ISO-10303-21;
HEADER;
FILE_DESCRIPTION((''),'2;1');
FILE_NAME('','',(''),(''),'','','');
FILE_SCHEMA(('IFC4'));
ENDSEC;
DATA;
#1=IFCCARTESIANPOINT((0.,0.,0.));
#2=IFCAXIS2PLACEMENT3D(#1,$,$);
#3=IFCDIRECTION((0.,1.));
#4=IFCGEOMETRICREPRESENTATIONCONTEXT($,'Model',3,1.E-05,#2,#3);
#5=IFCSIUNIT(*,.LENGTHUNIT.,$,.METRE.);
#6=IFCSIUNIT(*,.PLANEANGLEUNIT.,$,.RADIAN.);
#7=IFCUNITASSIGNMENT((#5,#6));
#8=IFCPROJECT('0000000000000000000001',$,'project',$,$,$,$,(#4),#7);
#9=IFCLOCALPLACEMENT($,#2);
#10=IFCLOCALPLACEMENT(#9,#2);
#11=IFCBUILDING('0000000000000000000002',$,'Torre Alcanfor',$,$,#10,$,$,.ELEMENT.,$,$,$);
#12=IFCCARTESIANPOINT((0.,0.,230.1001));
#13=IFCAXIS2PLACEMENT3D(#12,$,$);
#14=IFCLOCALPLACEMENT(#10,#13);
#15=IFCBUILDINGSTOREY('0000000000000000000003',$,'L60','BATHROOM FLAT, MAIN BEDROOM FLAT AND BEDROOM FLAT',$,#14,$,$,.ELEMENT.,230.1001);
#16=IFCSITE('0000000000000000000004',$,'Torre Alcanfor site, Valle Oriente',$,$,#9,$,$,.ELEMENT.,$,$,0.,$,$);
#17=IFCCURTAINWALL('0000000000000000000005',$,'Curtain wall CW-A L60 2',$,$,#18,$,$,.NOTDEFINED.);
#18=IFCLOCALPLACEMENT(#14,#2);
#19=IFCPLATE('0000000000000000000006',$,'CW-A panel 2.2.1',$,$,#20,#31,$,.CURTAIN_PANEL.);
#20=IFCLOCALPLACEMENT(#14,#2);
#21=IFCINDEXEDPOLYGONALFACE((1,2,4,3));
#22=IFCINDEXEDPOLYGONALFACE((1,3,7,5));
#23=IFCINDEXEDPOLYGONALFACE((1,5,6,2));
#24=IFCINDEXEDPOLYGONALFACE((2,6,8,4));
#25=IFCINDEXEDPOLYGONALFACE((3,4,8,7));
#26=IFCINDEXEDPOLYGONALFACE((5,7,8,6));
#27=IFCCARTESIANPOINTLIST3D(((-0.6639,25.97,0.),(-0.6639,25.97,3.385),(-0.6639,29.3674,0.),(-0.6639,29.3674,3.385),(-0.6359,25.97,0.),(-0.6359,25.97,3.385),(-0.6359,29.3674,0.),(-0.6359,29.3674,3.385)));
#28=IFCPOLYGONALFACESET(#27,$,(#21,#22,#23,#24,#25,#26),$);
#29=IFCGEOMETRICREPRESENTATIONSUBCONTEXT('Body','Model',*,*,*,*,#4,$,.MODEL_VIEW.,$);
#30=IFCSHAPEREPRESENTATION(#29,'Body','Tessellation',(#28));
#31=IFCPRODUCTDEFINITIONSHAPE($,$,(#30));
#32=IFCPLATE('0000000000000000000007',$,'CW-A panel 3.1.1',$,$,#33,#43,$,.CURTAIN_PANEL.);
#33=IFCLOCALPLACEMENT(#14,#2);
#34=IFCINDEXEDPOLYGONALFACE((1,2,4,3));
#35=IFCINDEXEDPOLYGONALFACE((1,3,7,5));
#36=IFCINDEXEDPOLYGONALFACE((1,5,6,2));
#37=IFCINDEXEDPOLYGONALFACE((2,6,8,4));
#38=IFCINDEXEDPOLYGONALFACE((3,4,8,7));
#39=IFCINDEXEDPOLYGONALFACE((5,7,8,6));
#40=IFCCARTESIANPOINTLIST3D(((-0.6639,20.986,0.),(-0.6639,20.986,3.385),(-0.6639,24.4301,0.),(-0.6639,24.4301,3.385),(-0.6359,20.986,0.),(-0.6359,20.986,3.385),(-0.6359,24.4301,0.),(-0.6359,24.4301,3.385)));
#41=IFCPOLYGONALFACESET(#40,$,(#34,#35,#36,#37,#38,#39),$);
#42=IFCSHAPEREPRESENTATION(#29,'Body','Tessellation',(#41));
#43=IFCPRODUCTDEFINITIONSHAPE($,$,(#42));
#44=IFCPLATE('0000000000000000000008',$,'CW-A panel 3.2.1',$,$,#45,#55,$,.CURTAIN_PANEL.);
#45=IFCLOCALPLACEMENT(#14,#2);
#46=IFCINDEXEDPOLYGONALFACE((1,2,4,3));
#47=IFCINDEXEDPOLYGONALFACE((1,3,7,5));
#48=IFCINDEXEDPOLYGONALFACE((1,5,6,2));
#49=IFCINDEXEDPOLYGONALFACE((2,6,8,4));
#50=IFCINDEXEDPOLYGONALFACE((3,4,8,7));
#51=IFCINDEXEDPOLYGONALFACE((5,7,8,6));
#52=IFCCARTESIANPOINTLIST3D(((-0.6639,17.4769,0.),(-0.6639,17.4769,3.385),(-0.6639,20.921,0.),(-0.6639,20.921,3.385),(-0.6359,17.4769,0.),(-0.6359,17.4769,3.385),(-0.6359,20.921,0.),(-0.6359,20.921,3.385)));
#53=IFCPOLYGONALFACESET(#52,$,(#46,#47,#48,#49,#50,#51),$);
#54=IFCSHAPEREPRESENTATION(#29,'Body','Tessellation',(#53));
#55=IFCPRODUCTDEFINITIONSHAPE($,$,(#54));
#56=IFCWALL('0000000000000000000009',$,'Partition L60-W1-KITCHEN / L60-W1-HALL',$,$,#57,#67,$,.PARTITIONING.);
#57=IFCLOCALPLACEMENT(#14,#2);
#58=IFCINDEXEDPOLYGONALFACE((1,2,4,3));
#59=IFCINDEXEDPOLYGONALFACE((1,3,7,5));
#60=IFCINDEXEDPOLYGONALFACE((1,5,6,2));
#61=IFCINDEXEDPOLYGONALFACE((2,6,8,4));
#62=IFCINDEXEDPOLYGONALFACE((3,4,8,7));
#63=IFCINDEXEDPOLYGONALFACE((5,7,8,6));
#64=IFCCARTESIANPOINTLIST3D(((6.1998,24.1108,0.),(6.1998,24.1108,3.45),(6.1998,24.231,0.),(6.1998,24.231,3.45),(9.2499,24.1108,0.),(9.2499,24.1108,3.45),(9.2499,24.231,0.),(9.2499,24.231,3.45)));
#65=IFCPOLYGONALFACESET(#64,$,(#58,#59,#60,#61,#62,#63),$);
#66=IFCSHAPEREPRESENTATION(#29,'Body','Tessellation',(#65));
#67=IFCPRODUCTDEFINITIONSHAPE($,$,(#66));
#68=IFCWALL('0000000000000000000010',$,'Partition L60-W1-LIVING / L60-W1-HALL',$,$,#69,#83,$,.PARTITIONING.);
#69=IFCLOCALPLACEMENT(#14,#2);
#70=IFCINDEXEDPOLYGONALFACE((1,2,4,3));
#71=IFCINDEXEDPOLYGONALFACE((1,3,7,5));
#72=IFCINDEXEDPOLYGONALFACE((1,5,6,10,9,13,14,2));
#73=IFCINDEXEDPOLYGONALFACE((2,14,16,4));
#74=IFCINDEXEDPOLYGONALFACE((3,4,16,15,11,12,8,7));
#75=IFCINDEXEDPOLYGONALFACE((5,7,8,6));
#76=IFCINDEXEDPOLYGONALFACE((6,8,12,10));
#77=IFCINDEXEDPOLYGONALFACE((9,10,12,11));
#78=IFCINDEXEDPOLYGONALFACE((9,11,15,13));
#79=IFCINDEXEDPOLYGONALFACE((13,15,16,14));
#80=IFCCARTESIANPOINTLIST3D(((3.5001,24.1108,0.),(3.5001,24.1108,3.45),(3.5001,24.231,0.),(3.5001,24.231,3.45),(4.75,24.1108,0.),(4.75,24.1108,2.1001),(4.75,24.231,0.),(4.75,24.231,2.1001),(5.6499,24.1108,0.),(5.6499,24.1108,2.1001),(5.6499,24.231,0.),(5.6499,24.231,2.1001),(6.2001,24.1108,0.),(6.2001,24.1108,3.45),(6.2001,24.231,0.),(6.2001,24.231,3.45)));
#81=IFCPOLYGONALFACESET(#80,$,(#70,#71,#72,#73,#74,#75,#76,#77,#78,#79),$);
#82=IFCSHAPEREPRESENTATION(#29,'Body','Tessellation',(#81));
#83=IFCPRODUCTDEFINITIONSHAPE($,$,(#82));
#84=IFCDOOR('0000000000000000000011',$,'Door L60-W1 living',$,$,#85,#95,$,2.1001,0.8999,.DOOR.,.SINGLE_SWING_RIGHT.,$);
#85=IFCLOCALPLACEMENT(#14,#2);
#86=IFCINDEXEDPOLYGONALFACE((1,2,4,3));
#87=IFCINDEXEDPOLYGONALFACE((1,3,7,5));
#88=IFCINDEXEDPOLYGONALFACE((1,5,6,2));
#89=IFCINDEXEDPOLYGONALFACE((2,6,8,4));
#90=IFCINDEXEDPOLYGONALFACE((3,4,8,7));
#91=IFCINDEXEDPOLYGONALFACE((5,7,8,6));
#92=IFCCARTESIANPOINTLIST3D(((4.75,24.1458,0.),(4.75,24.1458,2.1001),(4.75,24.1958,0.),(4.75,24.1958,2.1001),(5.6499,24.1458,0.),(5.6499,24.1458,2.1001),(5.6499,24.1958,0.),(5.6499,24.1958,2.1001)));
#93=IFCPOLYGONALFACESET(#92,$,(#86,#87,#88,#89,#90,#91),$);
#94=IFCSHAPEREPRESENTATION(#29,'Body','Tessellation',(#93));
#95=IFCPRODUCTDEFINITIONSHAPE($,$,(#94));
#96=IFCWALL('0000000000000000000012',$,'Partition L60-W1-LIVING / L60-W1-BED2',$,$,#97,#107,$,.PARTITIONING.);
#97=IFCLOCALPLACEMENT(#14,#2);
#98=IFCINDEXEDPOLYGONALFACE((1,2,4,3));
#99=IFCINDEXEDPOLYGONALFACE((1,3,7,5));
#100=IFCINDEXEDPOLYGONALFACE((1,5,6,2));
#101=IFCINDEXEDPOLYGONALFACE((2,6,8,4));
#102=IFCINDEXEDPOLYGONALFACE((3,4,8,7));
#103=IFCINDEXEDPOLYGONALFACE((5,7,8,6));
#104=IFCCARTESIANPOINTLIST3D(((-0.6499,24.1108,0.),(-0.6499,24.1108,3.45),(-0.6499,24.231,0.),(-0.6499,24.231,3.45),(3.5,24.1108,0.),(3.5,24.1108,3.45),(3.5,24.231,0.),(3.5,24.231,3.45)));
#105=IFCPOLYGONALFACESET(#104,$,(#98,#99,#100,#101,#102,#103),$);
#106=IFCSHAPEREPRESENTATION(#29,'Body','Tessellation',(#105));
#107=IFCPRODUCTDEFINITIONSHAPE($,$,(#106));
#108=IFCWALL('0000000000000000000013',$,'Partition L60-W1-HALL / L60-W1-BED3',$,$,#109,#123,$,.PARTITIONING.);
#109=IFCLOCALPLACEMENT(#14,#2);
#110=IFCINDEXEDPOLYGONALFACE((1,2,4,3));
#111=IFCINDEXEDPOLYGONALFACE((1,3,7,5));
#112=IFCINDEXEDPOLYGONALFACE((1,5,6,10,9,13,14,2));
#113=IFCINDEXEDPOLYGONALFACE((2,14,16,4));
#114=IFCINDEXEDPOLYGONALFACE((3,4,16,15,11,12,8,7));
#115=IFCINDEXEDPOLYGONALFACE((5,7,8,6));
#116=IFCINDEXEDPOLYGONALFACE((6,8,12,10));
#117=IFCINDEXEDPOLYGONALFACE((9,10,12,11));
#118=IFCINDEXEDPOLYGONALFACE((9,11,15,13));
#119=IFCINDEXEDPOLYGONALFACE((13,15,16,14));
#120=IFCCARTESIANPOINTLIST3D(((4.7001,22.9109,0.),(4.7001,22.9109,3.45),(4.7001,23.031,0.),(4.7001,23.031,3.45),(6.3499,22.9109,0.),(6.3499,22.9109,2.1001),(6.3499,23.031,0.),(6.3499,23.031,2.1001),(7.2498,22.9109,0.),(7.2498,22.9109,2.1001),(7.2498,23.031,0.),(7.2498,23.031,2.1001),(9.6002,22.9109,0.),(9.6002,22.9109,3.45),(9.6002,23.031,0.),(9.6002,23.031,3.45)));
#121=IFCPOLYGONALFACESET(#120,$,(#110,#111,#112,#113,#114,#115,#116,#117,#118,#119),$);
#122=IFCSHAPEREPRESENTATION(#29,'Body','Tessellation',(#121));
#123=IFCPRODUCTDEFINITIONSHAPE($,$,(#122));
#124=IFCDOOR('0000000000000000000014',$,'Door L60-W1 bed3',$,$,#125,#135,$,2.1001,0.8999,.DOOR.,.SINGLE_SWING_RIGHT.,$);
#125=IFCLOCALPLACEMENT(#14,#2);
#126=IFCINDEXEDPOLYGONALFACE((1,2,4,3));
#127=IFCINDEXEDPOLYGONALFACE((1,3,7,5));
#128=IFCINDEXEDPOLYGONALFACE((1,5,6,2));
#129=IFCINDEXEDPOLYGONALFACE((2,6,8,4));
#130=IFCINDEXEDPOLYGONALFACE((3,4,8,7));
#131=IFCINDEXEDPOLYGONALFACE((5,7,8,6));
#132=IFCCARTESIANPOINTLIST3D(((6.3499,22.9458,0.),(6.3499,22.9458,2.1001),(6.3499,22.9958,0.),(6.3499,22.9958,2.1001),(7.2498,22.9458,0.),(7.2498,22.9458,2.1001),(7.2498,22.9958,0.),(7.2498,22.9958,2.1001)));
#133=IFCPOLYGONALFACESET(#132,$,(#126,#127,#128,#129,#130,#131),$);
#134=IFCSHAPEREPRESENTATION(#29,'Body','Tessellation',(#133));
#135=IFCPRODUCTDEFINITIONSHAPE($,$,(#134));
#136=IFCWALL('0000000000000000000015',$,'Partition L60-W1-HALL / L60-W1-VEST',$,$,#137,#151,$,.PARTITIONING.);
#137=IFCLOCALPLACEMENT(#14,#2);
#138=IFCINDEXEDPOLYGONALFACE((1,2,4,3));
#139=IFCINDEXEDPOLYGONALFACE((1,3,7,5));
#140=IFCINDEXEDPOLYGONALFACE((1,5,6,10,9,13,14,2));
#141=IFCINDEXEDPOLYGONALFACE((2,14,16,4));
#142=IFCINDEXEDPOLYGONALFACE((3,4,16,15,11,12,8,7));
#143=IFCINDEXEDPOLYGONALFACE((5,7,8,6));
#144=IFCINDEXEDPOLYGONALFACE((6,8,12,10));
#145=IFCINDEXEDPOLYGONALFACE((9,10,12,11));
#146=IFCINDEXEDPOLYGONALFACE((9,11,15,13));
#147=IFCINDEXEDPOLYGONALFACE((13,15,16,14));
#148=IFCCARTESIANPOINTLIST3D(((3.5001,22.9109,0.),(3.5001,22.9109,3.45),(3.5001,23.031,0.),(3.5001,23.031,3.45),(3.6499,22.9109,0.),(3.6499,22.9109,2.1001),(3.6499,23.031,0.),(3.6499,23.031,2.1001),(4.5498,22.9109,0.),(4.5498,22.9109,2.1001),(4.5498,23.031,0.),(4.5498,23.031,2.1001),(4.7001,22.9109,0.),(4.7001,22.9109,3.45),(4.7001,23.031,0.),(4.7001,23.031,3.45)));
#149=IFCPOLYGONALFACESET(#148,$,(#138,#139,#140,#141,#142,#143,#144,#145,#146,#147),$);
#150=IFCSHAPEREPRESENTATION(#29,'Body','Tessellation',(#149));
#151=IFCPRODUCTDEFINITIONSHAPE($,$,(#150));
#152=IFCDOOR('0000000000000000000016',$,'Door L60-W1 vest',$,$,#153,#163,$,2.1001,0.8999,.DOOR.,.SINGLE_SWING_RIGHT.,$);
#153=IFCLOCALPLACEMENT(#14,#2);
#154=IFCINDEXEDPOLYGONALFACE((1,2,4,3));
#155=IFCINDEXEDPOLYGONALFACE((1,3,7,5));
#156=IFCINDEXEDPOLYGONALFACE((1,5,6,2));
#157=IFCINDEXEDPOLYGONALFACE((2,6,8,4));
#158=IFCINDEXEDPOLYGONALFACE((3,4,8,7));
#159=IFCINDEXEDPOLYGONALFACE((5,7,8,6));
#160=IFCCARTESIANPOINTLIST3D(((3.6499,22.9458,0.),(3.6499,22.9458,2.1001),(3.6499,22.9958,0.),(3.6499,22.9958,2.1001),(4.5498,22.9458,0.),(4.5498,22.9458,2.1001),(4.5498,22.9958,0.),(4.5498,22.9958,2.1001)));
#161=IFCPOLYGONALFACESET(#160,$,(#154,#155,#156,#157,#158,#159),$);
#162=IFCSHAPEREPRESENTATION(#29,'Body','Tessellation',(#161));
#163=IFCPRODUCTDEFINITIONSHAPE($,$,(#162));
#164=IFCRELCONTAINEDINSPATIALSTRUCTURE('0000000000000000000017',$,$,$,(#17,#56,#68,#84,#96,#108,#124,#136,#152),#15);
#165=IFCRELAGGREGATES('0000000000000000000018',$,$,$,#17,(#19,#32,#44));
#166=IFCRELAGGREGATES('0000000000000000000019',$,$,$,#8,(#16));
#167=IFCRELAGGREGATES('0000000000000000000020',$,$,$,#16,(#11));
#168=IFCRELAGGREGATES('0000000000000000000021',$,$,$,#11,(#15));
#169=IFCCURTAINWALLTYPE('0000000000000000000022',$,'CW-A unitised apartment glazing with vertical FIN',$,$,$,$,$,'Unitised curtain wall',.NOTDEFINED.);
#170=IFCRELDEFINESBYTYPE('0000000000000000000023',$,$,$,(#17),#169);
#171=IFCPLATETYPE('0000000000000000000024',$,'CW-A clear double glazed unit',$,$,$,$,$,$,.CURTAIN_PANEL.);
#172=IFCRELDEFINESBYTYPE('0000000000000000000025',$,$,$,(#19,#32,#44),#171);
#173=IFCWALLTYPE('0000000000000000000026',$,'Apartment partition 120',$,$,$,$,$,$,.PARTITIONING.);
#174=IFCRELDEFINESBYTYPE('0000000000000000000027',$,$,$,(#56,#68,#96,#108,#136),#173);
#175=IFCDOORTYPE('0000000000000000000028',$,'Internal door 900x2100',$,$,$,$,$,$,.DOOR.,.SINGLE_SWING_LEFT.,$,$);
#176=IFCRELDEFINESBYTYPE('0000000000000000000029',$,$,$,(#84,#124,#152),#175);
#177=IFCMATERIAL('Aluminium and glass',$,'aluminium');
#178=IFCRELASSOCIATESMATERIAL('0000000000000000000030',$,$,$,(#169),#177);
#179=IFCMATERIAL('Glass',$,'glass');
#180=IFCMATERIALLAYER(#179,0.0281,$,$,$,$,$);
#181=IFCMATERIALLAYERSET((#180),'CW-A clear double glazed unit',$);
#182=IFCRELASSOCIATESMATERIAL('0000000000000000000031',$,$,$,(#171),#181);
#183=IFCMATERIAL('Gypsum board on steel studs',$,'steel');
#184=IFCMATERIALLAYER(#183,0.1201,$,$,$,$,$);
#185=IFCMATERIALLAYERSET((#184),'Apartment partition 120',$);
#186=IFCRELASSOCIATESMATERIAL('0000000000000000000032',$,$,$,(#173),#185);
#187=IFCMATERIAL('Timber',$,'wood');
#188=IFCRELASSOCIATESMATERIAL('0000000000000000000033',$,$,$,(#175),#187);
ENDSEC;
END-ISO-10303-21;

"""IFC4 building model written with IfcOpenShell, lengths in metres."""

from ifc_helpers import new_model, si_unit, direction, frame, frame_2d, origin, origin_2d, place, context, subcontext, project, spatial, rectangle, extrude, material, layer, layer_set, type_object, element, fill, aggregate, save


model = new_model("IFC4")

# Units and contexts
model_context = context("Model", 3, precision=1e-05, world=origin(), true_north=direction((0.0, 1.0)))
body_context = subcontext(model_context, "Body", "Model", "MODEL_VIEW")
ifc_project = project(units=[si_unit("LENGTHUNIT", "METRE"), si_unit("PLANEANGLEUNIT", "RADIAN")], contexts=[model_context])

# Site, building, storey
site_placement = place(None, origin())
site = spatial("IfcSite", under=ifc_project, at=site_placement, Name="Torre Alcanfor site, Valle Oriente", CompositionType="ELEMENT", RefElevation=0.0)
building_placement = place(site_placement, origin())
building = spatial("IfcBuilding", under=site, at=building_placement, Name="Torre Alcanfor", CompositionType="ELEMENT")
storey_placement = place(building_placement, frame((0.0, 0.0, 230.1001)))
storey = spatial("IfcBuildingStorey", under=building, at=storey_placement, Name="L60", Description="BATHROOM FLAT, MAIN BEDROOM FLAT AND BEDROOM FLAT", CompositionType="ELEMENT", Elevation=230.1001)

# Curtain wall
ifc_material_1 = material(Name="Aluminium and glass", Category="aluminium")
curtain_wall_type = type_object("IfcCurtainWallType", Name="CW-A unitised apartment glazing with vertical FIN", ElementType="Unitised curtain wall", PredefinedType="NOTDEFINED", material=ifc_material_1)
curtain_wall_placement = place(storey_placement, origin())
curtain_wall = element("IfcCurtainWall", 1, at=curtain_wall_placement, inside=storey, type_object=curtain_wall_type, Name="Curtain wall CW-A L60 2", PredefinedType="NOTDEFINED")

# Plates
ifc_material_2 = material(Name="Glass", Category="glass")
ifc_layer_1 = layer(ifc_material_2, 0.0281)
ifc_layer_set_1 = layer_set([ifc_layer_1], Name="CW-A clear double glazed unit")
plate_type = type_object("IfcPlateType", Name="CW-A clear double glazed unit", PredefinedType="CURTAIN_PANEL", material=ifc_layer_set_1)
plate_1_placement = place(storey_placement, frame((-0.6499, 27.6687, 0.0), z_axis=(0.0, 0.0, 1.0), x_axis=(0.0, -1.0, 0.0)))
plate_1 = element("IfcPlate", 2, at=plate_1_placement, type_object=plate_type, Name="CW-A panel 2.2.1", PredefinedType="CURTAIN_PANEL", context=body_context, shape_type="SweptSolid", body=[
    extrude(rectangle(XDim=3.3975, YDim=0.0281, at=origin_2d()), origin(), (0.0, 0.0, 1.0), 3.385),
])
plate_2_placement = place(storey_placement, frame((-0.6499, 22.708, 0.0), z_axis=(0.0, 0.0, 1.0), x_axis=(0.0, -1.0, 0.0)))
plate_2 = element("IfcPlate", 3, at=plate_2_placement, type_object=plate_type, Name="CW-A panel 3.1.1", PredefinedType="CURTAIN_PANEL", context=body_context, shape_type="SweptSolid", body=[
    extrude(rectangle(XDim=3.4441, YDim=0.0281, at=origin_2d()), origin(), (0.0, 0.0, 1.0), 3.385),
])
plate_3_placement = place(storey_placement, frame((-0.6499, 19.199, 0.0), z_axis=(0.0, 0.0, 1.0), x_axis=(0.0, -1.0, 0.0)))
plate_3 = element("IfcPlate", 4, at=plate_3_placement, type_object=plate_type, Name="CW-A panel 3.2.1", PredefinedType="CURTAIN_PANEL", context=body_context, shape_type="SweptSolid", body=[
    extrude(rectangle(XDim=3.4441, YDim=0.0281, at=origin_2d()), origin(), (0.0, 0.0, 1.0), 3.385),
])
aggregate(curtain_wall, [plate_1, plate_2, plate_3])

# Wall
ifc_material_3 = material(Name="Gypsum board on steel studs", Category="steel")
ifc_layer_2 = layer(ifc_material_3, 0.1201)
ifc_layer_set_2 = layer_set([ifc_layer_2], Name="Apartment partition 120")
wall_type = type_object("IfcWallType", Name="Apartment partition 120", PredefinedType="PARTITIONING", material=ifc_layer_set_2)
wall_1_placement = place(storey_placement, frame((6.2, 24.1709, 0.0), z_axis=(0.0, 0.0, 1.0), x_axis=(1.0, 0.0, 0.0)))
element("IfcWall", 5, at=wall_1_placement, inside=storey, type_object=wall_type, Name="Partition L60-W1-KITCHEN / L60-W1-HALL", PredefinedType="PARTITIONING", context=body_context, shape_type="SweptSolid", body=[
    extrude(rectangle(XDim=3.05, YDim=0.1201, at=frame_2d((1.5249, 0.0))), origin(), (0.0, 0.0, 1.0), 3.45),
])

# Wall, opening, door
wall_2_placement = place(storey_placement, frame((3.5, 24.1709, 0.0), z_axis=(0.0, 0.0, 1.0), x_axis=(1.0, 0.0, 0.0)))
wall_2 = element("IfcWall", 6, at=wall_2_placement, inside=storey, type_object=wall_type, Name="Partition L60-W1-LIVING / L60-W1-HALL", PredefinedType="PARTITIONING", context=body_context, shape_type="SweptSolid", body=[
    extrude(rectangle(XDim=2.7, YDim=0.1201, at=frame_2d((1.3501, 0.0))), origin(), (0.0, 0.0, 1.0), 3.45),
])
opening_1_placement = place(wall_2_placement, frame((1.25, 0.0, 0.0)))
opening_1 = element("IfcOpeningElement", 7, at=opening_1_placement, cuts=wall_2, PredefinedType="OPENING", context=body_context, shape_type="SweptSolid", body=[
    extrude(rectangle(XDim=0.8999, YDim=2.1001, at=frame_2d((0.45, 1.05))), frame((0.0, 0.0701, 0.0), z_axis=(0.0, -1.0, 0.0), x_axis=(1.0, 0.0, 0.0)), (0.0, 0.0, 1.0), 0.1401),
])
ifc_material_4 = material(Name="Timber", Category="wood")
door_type = type_object("IfcDoorType", Name="Internal door 900x2100", OperationType="SINGLE_SWING_LEFT", PredefinedType="DOOR", material=ifc_material_4)
door_1_placement = place(opening_1_placement, origin())
door_1 = element("IfcDoor", 8, at=door_1_placement, inside=storey, type_object=door_type, Name="Door L60-W1 living", OperationType="SINGLE_SWING_RIGHT", OverallHeight=2.1001, OverallWidth=0.8999, PredefinedType="DOOR", context=body_context, shape_type="SweptSolid", body=[
    extrude(rectangle(XDim=0.8999, YDim=2.1001, at=frame_2d((0.45, 1.05))), frame((0.0, 0.0249, 0.0), z_axis=(0.0, -1.0, 0.0), x_axis=(1.0, 0.0, 0.0)), (0.0, 0.0, 1.0), 0.05),
])
fill(opening_1, door_1)

# Wall
wall_3_placement = place(storey_placement, frame((-0.6499, 24.1709, 0.0), z_axis=(0.0, 0.0, 1.0), x_axis=(1.0, 0.0, 0.0)))
element("IfcWall", 9, at=wall_3_placement, inside=storey, type_object=wall_type, Name="Partition L60-W1-LIVING / L60-W1-BED2", PredefinedType="PARTITIONING", context=body_context, shape_type="SweptSolid", body=[
    extrude(rectangle(XDim=4.1499, YDim=0.1201, at=frame_2d((2.075, 0.0))), origin(), (0.0, 0.0, 1.0), 3.45),
])

# Walls, openings, doors
wall_4_placement = place(storey_placement, frame((4.7, 22.9709, 0.0), z_axis=(0.0, 0.0, 1.0), x_axis=(1.0, 0.0, 0.0)))
wall_4 = element("IfcWall", 10, at=wall_4_placement, inside=storey, type_object=wall_type, Name="Partition L60-W1-HALL / L60-W1-BED3", PredefinedType="PARTITIONING", context=body_context, shape_type="SweptSolid", body=[
    extrude(rectangle(XDim=4.9001, YDim=0.1201, at=frame_2d((2.4502, 0.0))), origin(), (0.0, 0.0, 1.0), 3.45),
])
opening_2_placement = place(wall_4_placement, frame((1.6499, 0.0, 0.0)))
opening_2 = element("IfcOpeningElement", 11, at=opening_2_placement, cuts=wall_4, PredefinedType="OPENING", context=body_context, shape_type="SweptSolid", body=[
    extrude(rectangle(XDim=0.8999, YDim=2.1001, at=frame_2d((0.45, 1.05))), frame((0.0, 0.0701, 0.0), z_axis=(0.0, -1.0, 0.0), x_axis=(1.0, 0.0, 0.0)), (0.0, 0.0, 1.0), 0.1401),
])
door_2_placement = place(opening_2_placement, frame((0.8999, 0.0, 0.0), z_axis=(0.0, 0.0, 1.0), x_axis=(-1.0, 0.0, 0.0)))
door_2 = element("IfcDoor", 12, at=door_2_placement, inside=storey, type_object=door_type, Name="Door L60-W1 bed3", OperationType="SINGLE_SWING_RIGHT", OverallHeight=2.1001, OverallWidth=0.8999, PredefinedType="DOOR", context=body_context, shape_type="SweptSolid", body=[
    extrude(rectangle(XDim=0.8999, YDim=2.1001, at=frame_2d((0.45, 1.05))), frame((0.0, 0.0251, 0.0), z_axis=(0.0, -1.0, 0.0), x_axis=(1.0, 0.0, 0.0)), (0.0, 0.0, 1.0), 0.05),
])
fill(opening_2, door_2)
wall_5_placement = place(storey_placement, frame((3.5, 22.9709, 0.0), z_axis=(0.0, 0.0, 1.0), x_axis=(1.0, 0.0, 0.0)))
wall_5 = element("IfcWall", 13, at=wall_5_placement, inside=storey, type_object=wall_type, Name="Partition L60-W1-HALL / L60-W1-VEST", PredefinedType="PARTITIONING", context=body_context, shape_type="SweptSolid", body=[
    extrude(rectangle(XDim=1.2, YDim=0.1201, at=frame_2d((0.6001, 0.0))), origin(), (0.0, 0.0, 1.0), 3.45),
])
opening_3_placement = place(wall_5_placement, frame((0.1499, 0.0, 0.0)))
opening_3 = element("IfcOpeningElement", 14, at=opening_3_placement, cuts=wall_5, PredefinedType="OPENING", context=body_context, shape_type="SweptSolid", body=[
    extrude(rectangle(XDim=0.8999, YDim=2.1001, at=frame_2d((0.45, 1.05))), frame((0.0, 0.0701, 0.0), z_axis=(0.0, -1.0, 0.0), x_axis=(1.0, 0.0, 0.0)), (0.0, 0.0, 1.0), 0.1401),
])
door_3_placement = place(opening_3_placement, frame((0.8999, 0.0, 0.0), z_axis=(0.0, 0.0, 1.0), x_axis=(-1.0, 0.0, 0.0)))
door_3 = element("IfcDoor", 15, at=door_3_placement, inside=storey, type_object=door_type, Name="Door L60-W1 vest", OperationType="SINGLE_SWING_RIGHT", OverallHeight=2.1001, OverallWidth=0.8999, PredefinedType="DOOR", context=body_context, shape_type="SweptSolid", body=[
    extrude(rectangle(XDim=0.8999, YDim=2.1001, at=frame_2d((0.45, 1.05))), frame((0.0, 0.0251, 0.0), z_axis=(0.0, -1.0, 0.0), x_axis=(1.0, 0.0, 0.0)), (0.0, 0.0, 1.0), 0.05),
])
fill(opening_3, door_3)

save(model, "model.ifc")
